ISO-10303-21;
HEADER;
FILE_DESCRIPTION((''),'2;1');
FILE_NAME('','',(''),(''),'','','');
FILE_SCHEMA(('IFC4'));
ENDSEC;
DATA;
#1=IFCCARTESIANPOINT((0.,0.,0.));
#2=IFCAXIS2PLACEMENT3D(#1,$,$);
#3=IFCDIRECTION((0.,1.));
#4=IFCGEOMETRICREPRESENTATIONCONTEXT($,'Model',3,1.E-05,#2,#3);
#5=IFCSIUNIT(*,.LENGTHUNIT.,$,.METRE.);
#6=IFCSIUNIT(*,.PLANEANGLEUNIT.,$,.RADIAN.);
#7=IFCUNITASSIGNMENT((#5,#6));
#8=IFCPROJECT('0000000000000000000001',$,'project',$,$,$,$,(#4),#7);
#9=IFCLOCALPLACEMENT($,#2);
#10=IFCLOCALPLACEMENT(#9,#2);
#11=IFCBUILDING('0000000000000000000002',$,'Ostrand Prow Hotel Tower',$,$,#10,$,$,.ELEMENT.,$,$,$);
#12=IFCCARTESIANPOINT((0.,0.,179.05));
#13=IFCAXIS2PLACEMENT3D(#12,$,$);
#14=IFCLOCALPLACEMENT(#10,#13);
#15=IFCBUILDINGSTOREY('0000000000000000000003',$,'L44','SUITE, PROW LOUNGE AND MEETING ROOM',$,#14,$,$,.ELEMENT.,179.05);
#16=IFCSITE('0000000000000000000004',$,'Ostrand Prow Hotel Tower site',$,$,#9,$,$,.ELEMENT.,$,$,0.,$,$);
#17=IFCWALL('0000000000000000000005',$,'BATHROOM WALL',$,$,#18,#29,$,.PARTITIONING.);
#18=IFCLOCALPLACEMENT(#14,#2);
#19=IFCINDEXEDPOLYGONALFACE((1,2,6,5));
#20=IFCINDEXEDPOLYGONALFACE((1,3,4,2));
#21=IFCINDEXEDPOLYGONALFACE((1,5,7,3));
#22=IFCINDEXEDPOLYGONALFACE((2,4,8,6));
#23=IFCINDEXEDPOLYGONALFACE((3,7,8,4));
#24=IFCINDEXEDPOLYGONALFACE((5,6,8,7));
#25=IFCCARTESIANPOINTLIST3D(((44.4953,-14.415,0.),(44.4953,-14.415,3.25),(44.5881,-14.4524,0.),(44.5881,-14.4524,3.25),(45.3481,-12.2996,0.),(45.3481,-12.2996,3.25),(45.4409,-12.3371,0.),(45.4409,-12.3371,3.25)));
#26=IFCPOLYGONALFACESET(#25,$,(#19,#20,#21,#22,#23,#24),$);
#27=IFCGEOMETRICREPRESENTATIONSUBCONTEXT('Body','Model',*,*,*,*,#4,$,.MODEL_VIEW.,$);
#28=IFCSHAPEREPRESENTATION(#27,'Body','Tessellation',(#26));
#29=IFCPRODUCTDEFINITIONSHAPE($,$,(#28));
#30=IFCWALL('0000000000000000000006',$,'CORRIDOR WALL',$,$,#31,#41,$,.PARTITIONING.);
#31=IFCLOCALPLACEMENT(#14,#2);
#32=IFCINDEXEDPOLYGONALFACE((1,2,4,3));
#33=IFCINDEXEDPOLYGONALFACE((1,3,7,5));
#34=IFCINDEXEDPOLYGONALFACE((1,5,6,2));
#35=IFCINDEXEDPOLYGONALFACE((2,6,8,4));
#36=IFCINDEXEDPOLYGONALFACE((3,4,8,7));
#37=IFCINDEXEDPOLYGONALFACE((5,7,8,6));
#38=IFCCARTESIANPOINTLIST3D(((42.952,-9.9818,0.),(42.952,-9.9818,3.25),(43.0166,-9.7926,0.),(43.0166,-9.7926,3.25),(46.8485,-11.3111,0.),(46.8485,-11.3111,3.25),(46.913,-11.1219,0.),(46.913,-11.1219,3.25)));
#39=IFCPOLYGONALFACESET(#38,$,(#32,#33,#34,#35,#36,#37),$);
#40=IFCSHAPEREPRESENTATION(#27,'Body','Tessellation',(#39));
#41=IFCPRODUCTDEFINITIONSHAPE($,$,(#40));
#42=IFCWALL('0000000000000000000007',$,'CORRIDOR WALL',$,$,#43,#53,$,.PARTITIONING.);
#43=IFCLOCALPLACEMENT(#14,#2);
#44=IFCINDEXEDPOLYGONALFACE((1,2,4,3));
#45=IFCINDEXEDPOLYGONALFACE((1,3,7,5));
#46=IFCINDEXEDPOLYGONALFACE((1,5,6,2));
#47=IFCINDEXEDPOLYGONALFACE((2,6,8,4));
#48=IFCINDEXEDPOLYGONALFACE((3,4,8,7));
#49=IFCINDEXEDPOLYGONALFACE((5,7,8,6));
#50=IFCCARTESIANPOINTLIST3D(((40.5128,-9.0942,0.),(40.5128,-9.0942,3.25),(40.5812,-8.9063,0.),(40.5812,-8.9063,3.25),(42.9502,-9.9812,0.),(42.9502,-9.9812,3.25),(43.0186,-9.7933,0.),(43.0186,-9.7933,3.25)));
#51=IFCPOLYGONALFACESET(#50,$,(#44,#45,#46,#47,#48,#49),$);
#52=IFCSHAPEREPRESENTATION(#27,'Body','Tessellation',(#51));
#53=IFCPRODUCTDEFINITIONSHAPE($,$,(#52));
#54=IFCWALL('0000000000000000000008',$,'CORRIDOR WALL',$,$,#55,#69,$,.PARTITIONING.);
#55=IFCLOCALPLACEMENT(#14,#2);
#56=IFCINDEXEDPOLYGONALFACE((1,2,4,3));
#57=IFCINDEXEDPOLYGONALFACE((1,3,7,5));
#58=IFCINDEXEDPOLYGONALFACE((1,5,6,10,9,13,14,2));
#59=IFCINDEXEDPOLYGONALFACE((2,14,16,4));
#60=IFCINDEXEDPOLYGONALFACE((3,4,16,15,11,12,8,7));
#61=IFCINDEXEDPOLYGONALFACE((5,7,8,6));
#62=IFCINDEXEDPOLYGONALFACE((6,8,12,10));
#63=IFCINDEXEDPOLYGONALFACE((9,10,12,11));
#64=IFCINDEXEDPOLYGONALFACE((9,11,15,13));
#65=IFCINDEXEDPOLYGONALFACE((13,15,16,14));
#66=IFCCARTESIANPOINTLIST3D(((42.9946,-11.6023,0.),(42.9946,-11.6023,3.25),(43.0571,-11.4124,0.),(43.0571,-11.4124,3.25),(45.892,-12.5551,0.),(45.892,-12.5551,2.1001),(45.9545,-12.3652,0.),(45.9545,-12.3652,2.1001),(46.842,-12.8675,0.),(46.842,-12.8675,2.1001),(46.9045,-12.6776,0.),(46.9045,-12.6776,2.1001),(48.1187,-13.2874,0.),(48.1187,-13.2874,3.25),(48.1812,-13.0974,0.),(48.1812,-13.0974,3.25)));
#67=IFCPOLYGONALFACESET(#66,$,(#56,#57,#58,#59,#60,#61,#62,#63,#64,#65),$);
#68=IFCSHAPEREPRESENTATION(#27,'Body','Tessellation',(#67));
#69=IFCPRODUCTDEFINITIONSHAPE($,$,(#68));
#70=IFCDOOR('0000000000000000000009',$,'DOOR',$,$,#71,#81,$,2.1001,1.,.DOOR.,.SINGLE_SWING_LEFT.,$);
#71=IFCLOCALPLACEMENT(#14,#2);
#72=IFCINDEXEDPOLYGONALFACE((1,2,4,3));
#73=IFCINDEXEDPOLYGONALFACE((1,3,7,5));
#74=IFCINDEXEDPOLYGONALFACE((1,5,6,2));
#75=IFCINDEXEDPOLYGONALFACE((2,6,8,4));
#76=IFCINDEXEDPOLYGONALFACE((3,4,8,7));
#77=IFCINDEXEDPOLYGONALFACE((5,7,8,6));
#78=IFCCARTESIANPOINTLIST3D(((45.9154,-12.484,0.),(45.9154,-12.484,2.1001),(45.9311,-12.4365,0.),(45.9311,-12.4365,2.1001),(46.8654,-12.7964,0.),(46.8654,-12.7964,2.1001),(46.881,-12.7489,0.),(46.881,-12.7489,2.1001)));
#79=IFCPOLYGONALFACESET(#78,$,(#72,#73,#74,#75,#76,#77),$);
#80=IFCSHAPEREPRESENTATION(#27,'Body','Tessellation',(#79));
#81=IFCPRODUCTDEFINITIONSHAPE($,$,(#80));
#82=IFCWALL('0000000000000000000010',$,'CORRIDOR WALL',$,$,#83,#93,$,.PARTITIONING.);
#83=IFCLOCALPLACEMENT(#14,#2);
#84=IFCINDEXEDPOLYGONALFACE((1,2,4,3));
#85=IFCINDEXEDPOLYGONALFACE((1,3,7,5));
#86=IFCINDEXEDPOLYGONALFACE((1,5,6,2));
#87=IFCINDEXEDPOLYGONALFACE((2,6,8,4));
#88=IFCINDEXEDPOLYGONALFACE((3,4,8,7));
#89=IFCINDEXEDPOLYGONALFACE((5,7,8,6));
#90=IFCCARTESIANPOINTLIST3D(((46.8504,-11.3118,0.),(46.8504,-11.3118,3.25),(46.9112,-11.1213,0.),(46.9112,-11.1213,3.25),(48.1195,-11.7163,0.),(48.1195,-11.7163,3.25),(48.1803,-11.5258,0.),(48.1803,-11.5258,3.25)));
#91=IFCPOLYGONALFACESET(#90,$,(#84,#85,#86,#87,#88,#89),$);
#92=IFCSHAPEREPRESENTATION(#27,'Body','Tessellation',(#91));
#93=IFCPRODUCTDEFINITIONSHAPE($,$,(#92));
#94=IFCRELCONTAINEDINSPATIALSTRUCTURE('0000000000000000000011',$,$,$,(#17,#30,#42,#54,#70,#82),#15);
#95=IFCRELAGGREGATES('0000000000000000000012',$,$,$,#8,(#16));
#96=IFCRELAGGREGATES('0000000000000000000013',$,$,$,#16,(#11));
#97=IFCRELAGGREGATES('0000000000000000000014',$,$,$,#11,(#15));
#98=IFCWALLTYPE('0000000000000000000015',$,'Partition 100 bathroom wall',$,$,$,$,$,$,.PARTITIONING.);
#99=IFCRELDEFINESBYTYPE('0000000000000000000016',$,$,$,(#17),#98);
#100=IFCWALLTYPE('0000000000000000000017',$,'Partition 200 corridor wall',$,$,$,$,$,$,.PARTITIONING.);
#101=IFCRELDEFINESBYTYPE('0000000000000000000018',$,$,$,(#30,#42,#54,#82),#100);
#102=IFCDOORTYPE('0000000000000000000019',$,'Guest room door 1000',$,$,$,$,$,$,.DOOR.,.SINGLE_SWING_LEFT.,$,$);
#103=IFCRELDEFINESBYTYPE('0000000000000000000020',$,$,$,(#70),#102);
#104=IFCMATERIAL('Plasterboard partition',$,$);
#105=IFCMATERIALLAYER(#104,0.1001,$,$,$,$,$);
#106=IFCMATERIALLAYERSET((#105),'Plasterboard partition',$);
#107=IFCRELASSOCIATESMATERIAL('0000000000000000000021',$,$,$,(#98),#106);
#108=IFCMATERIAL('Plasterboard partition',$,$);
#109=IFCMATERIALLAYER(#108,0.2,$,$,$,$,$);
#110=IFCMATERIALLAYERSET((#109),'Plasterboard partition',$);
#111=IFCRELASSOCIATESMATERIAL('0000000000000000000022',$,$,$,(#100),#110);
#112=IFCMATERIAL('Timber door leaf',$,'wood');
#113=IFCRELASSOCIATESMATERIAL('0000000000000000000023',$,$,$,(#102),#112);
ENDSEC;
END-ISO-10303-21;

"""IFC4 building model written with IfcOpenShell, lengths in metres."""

from ifc_helpers import new_model, si_unit, direction, frame, frame_2d, origin, place, context, subcontext, project, spatial, rectangle, extrude, material, layer, layer_set, type_object, element, fill, save


model = new_model("IFC4")

# Units and contexts
model_context = context("Model", 3, precision=1e-05, world=origin(), true_north=direction((0.0, 1.0)))
body_context = subcontext(model_context, "Body", "Model", "MODEL_VIEW")
ifc_project = project(units=[si_unit("LENGTHUNIT", "METRE"), si_unit("PLANEANGLEUNIT", "RADIAN")], contexts=[model_context])

# Site, building, storey
site_placement = place(None, origin())
site = spatial("IfcSite", under=ifc_project, at=site_placement, Name="Ostrand Prow Hotel Tower site", CompositionType="ELEMENT", RefElevation=0.0)
building_placement = place(site_placement, origin())
building = spatial("IfcBuilding", under=site, at=building_placement, Name="Ostrand Prow Hotel Tower", CompositionType="ELEMENT")
storey_placement = place(building_placement, frame((0.0, 0.0, 179.05)))
storey = spatial("IfcBuildingStorey", under=building, at=storey_placement, Name="L44", Description="SUITE, PROW LOUNGE AND MEETING ROOM", CompositionType="ELEMENT", Elevation=179.05)

# Walls
ifc_material_1 = material(Name="Plasterboard partition")
ifc_layer_1 = layer(ifc_material_1, 0.1001)
ifc_layer_set_1 = layer_set([ifc_layer_1], Name="Plasterboard partition")
wall_type_1 = type_object("IfcWallType", Name="Partition 100 bathroom wall", PredefinedType="PARTITIONING", material=ifc_layer_set_1)
wall_1_placement = place(storey_placement, frame((45.3945, -12.3184, 0.0), z_axis=(0.0, 0.0, 1.0), x_axis=(-0.373918, -0.927462, 0.0)))
element("IfcWall", 1, at=wall_1_placement, inside=storey, type_object=wall_type_1, Name="BATHROOM WALL", PredefinedType="PARTITIONING", context=body_context, shape_type="SweptSolid", body=[
    extrude(rectangle(XDim=2.2808, YDim=0.1001, at=frame_2d((1.1404, 0.0))), origin(), (0.0, 0.0, 1.0), 3.25),
])
ifc_material_2 = material(Name="Plasterboard partition")
ifc_layer_2 = layer(ifc_material_2, 0.2)
ifc_layer_set_2 = layer_set([ifc_layer_2], Name="Plasterboard partition")
wall_type_2 = type_object("IfcWallType", Name="Partition 200 corridor wall", PredefinedType="PARTITIONING", material=ifc_layer_set_2)
wall_2_placement = place(storey_placement, frame((46.8809, -11.2166, 0.0), z_axis=(0.0, 0.0, 1.0), x_axis=(-0.946436, 0.322891, 0.0)))
element("IfcWall", 2, at=wall_2_placement, inside=storey, type_object=wall_type_2, Name="CORRIDOR WALL", PredefinedType="PARTITIONING", context=body_context, shape_type="SweptSolid", body=[
    extrude(rectangle(XDim=4.1169, YDim=0.2, at=frame_2d((2.0586, 0.0))), origin(), (0.0, 0.0, 1.0), 3.25),
])
wall_3_placement = place(storey_placement, frame((42.9844, -9.8872, 0.0), z_axis=(0.0, 0.0, 1.0), x_axis=(-0.939719, 0.341947, 0.0)))
element("IfcWall", 3, at=wall_3_placement, inside=storey, type_object=wall_type_2, Name="CORRIDOR WALL", PredefinedType="PARTITIONING", context=body_context, shape_type="SweptSolid", body=[
    extrude(rectangle(XDim=2.5938, YDim=0.2, at=frame_2d((1.2969, 0.0))), origin(), (0.0, 0.0, 1.0), 3.25),
])

# Wall, opening, door
wall_4_placement = place(storey_placement, frame((43.0259, -11.5073, 0.0), z_axis=(0.0, 0.0, 1.0), x_axis=(0.949952, -0.312396, 0.0)))
wall_4 = element("IfcWall", 4, at=wall_4_placement, inside=storey, type_object=wall_type_2, Name="CORRIDOR WALL", PredefinedType="PARTITIONING", context=body_context, shape_type="SweptSolid", body=[
    extrude(rectangle(XDim=5.394, YDim=0.2, at=frame_2d((2.697, 0.0))), origin(), (0.0, 0.0, 1.0), 3.25),
])
opening_1_placement = place(wall_4_placement, frame((3.05, 0.0, 0.0)))
opening_1 = element("IfcOpeningElement", 5, at=opening_1_placement, cuts=wall_4, PredefinedType="OPENING", context=body_context, shape_type="SweptSolid", body=[
    extrude(rectangle(XDim=1.0, YDim=2.1001, at=frame_2d((0.5, 1.05))), frame((0.0, 0.1099, 0.0), z_axis=(0.0, -1.0, 0.0), x_axis=(1.0, 0.0, 0.0)), (0.0, 0.0, 1.0), 0.22),
])
ifc_material_3 = material(Name="Timber door leaf", Category="wood")
door_type_1 = type_object("IfcDoorType", Name="Guest room door 1000", OperationType="SINGLE_SWING_LEFT", PredefinedType="DOOR", material=ifc_material_3)
door_1_placement = place(opening_1_placement, origin())
door_1 = element("IfcDoor", 6, at=door_1_placement, inside=storey, type_object=door_type_1, Name="DOOR", OperationType="SINGLE_SWING_LEFT", OverallHeight=2.1001, OverallWidth=1.0, PredefinedType="DOOR", context=body_context, shape_type="SweptSolid", body=[
    extrude(rectangle(XDim=1.0, YDim=2.1001, at=frame_2d((0.5, 1.05))), frame((0.0, 0.0249, 0.0), z_axis=(0.0, -1.0, 0.0), x_axis=(1.0, 0.0, 0.0)), (0.0, 0.0, 1.0), 0.05),
])
fill(opening_1, door_1)

# Wall
wall_5_placement = place(storey_placement, frame((48.1499, -11.6211, 0.0), z_axis=(0.0, 0.0, 1.0), x_axis=(-0.952762, 0.303718, 0.0)))
element("IfcWall", 7, at=wall_5_placement, inside=storey, type_object=wall_type_2, Name="CORRIDOR WALL", PredefinedType="PARTITIONING", context=body_context, shape_type="SweptSolid", body=[
    extrude(rectangle(XDim=1.332, YDim=0.2, at=frame_2d((0.666, 0.0))), origin(), (0.0, 0.0, 1.0), 3.25),
])

save(model, "model.ifc")
